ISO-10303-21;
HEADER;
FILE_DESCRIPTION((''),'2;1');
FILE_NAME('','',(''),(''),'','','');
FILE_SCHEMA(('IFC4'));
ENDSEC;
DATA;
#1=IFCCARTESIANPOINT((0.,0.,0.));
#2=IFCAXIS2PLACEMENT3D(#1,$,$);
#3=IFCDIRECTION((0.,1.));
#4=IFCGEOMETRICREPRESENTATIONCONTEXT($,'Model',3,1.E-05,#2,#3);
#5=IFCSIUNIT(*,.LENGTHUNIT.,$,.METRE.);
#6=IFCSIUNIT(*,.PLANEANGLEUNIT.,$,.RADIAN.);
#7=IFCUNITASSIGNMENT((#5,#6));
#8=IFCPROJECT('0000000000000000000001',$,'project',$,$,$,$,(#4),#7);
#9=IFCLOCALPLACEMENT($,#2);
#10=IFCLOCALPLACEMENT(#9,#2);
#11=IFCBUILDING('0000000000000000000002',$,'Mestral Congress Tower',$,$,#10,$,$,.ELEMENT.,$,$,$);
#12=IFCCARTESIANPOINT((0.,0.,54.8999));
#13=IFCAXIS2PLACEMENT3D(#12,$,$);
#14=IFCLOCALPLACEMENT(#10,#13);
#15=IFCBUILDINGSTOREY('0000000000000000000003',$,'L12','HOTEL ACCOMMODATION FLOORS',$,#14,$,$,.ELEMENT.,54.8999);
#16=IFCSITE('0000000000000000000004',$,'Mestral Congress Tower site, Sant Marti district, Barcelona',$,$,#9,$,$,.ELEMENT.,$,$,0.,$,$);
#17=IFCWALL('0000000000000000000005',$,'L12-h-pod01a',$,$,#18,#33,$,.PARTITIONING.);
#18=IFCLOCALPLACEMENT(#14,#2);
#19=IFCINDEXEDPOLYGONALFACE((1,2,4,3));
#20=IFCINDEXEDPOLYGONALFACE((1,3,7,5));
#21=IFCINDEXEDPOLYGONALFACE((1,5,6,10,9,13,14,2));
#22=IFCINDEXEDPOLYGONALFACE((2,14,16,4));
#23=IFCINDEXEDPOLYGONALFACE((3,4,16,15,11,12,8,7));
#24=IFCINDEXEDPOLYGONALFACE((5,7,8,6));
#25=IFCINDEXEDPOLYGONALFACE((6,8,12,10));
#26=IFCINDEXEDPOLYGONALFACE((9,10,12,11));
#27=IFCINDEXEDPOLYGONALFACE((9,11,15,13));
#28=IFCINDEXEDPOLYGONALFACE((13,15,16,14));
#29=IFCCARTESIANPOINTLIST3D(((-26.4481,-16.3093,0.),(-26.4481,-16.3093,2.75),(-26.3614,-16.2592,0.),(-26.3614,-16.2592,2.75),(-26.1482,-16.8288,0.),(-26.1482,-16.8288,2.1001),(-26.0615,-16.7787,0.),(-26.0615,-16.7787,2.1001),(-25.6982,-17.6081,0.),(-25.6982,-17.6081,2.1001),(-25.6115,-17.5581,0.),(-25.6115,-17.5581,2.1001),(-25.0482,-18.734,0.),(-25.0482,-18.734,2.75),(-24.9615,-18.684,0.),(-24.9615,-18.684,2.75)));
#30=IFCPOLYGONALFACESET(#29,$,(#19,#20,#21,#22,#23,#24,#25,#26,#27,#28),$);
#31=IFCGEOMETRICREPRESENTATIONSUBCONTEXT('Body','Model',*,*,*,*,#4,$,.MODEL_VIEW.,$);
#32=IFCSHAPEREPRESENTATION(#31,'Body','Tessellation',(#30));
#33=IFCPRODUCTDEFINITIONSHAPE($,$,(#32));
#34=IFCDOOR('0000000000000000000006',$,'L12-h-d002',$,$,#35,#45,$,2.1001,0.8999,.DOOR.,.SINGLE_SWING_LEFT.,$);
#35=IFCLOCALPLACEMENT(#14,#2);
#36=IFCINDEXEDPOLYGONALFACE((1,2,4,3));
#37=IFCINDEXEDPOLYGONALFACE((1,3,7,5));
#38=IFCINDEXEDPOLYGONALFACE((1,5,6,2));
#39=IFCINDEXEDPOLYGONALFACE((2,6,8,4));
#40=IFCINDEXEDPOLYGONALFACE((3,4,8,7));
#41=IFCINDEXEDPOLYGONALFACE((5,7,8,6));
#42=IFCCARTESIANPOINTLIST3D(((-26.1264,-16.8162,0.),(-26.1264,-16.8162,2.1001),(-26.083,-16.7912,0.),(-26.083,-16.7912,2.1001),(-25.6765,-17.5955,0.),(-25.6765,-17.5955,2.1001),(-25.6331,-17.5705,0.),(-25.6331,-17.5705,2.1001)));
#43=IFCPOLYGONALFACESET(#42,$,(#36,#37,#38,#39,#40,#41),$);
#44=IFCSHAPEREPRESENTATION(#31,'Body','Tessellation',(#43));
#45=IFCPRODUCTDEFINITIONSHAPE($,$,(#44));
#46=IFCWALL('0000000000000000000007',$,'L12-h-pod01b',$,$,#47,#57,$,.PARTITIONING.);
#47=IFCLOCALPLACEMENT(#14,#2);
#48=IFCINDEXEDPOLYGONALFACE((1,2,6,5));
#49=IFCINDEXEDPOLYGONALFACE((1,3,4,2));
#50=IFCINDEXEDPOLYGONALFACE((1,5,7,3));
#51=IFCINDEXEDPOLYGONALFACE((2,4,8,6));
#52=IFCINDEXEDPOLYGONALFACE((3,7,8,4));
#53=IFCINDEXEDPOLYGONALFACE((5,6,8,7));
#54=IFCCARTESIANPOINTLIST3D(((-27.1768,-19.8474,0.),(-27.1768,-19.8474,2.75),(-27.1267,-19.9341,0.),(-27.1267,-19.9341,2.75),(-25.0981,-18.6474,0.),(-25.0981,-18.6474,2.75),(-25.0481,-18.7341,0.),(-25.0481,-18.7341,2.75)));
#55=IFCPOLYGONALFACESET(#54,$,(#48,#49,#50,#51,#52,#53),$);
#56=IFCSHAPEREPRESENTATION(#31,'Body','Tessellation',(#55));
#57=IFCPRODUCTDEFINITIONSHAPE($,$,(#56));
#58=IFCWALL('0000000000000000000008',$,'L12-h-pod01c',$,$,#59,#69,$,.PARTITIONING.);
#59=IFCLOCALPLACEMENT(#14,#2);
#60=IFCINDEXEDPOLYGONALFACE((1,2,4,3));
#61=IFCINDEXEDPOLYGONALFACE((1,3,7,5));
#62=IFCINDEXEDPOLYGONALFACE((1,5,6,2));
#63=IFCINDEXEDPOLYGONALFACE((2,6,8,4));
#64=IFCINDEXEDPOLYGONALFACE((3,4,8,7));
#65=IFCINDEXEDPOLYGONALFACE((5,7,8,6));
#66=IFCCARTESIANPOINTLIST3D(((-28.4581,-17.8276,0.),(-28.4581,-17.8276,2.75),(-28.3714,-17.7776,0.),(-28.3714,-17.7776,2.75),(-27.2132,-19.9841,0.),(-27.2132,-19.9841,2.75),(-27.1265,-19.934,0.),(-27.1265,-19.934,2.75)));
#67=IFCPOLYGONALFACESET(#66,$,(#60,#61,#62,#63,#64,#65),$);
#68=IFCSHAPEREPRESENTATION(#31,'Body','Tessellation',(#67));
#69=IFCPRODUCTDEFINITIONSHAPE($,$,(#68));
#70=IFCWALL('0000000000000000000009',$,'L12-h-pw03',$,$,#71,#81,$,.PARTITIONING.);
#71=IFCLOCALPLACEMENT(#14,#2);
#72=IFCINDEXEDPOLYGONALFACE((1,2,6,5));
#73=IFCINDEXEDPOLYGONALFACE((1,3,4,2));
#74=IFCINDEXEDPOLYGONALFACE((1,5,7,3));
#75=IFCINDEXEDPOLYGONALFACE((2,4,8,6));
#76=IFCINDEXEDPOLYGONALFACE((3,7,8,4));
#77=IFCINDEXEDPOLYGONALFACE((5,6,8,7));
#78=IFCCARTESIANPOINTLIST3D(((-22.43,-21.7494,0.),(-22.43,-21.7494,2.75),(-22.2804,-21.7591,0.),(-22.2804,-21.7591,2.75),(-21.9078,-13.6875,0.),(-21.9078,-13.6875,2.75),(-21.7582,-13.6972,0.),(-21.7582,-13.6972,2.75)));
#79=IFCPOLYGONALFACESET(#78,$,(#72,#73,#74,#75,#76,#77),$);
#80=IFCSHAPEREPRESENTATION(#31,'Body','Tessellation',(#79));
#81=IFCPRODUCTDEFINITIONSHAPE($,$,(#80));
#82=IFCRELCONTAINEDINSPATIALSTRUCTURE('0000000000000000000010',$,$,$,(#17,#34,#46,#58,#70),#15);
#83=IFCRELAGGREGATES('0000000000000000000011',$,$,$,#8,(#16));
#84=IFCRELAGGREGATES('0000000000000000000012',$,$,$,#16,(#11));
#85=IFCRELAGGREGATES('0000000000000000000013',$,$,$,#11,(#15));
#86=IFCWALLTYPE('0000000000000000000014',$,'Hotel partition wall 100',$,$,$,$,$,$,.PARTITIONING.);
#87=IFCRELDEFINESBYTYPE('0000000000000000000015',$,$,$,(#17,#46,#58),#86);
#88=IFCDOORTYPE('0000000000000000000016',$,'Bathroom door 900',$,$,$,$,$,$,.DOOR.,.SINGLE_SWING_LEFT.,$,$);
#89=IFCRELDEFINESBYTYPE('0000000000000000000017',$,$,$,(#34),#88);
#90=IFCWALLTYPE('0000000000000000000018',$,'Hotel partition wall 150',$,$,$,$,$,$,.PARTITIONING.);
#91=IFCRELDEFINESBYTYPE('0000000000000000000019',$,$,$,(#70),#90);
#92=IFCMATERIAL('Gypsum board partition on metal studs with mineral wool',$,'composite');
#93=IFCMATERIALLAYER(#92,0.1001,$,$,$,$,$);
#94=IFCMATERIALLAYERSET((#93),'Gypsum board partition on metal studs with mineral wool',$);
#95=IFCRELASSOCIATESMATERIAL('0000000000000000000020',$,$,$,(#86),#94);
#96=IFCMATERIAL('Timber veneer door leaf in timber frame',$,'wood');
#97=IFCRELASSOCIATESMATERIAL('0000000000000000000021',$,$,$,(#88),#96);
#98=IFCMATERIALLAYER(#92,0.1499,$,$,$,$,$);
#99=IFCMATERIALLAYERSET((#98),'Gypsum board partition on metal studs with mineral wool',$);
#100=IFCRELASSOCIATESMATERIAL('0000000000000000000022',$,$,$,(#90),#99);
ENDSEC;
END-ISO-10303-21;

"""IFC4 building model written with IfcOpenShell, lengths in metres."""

from ifc_helpers import new_model, si_unit, direction, frame, frame_2d, origin, place, context, subcontext, project, spatial, rectangle, extrude, material, layer, layer_set, type_object, element, fill, save


model = new_model("IFC4")

# Units and contexts
model_context = context("Model", 3, precision=1e-05, world=origin(), true_north=direction((0.0, 1.0)))
body_context = subcontext(model_context, "Body", "Model", "MODEL_VIEW")
ifc_project = project(units=[si_unit("LENGTHUNIT", "METRE"), si_unit("PLANEANGLEUNIT", "RADIAN")], contexts=[model_context])

# Site, building, storey
site_placement = place(None, origin())
site = spatial("IfcSite", under=ifc_project, at=site_placement, Name="Mestral Congress Tower site, Sant Marti district, Barcelona", CompositionType="ELEMENT", RefElevation=0.0)
building_placement = place(site_placement, origin())
building = spatial("IfcBuilding", under=site, at=building_placement, Name="Mestral Congress Tower", CompositionType="ELEMENT")
storey_placement = place(building_placement, frame((0.0, 0.0, 54.8999)))
storey = spatial("IfcBuildingStorey", under=building, at=storey_placement, Name="L12", Description="HOTEL ACCOMMODATION FLOORS", CompositionType="ELEMENT", Elevation=54.8999)

# Wall, opening, door
ifc_material_1 = material(Name="Gypsum board partition on metal studs with mineral wool", Category="composite")
ifc_layer_1 = layer(ifc_material_1, 0.1001)
ifc_layer_set_1 = layer_set([ifc_layer_1], Name="Gypsum board partition on metal studs with mineral wool")
wall_type_1 = type_object("IfcWallType", Name="Hotel partition wall 100", PredefinedType="PARTITIONING", material=ifc_layer_set_1)
wall_1_placement = place(storey_placement, frame((-25.0049, -18.709, 0.0), z_axis=(0.0, 0.0, 1.0), x_axis=(-0.499984, 0.866035, 0.0)))
wall_1 = element("IfcWall", 1, at=wall_1_placement, inside=storey, type_object=wall_type_1, Name="L12-h-pod01a", PredefinedType="PARTITIONING", context=body_context, shape_type="SweptSolid", body=[
    extrude(rectangle(XDim=2.7998, YDim=0.1001, at=frame_2d((1.3999, 0.0))), origin(), (0.0, 0.0, 1.0), 2.75),
])
opening_1_placement = place(wall_1_placement, frame((1.3, 0.0, 0.0)))
opening_1 = element("IfcOpeningElement", 2, at=opening_1_placement, cuts=wall_1, PredefinedType="OPENING", context=body_context, shape_type="SweptSolid", body=[
    extrude(rectangle(XDim=0.8999, YDim=2.1001, at=frame_2d((0.45, 1.05))), frame((0.0, 0.0601, 0.0), z_axis=(0.0, -1.0, 0.0), x_axis=(1.0, 0.0, 0.0)), (0.0, 0.0, 1.0), 0.1201),
])
ifc_material_2 = material(Name="Timber veneer door leaf in timber frame", Category="wood")
door_type = type_object("IfcDoorType", Name="Bathroom door 900", OperationType="SINGLE_SWING_LEFT", PredefinedType="DOOR", material=ifc_material_2)
door_placement = place(opening_1_placement, origin())
door = element("IfcDoor", 3, at=door_placement, inside=storey, type_object=door_type, Name="L12-h-d002", OperationType="SINGLE_SWING_LEFT", OverallHeight=2.1001, OverallWidth=0.8999, PredefinedType="DOOR", context=body_context, shape_type="SweptSolid", body=[
    extrude(rectangle(XDim=0.8999, YDim=2.1001, at=frame_2d((0.45, 1.05))), frame((0.0, 0.0249, 0.0), z_axis=(0.0, -1.0, 0.0), x_axis=(1.0, 0.0, 0.0)), (0.0, 0.0, 1.0), 0.05),
])
fill(opening_1, door)

# Walls
wall_2_placement = place(storey_placement, frame((-25.073, -18.6907, 0.0), z_axis=(0.0, 0.0, 1.0), x_axis=(-0.86605, -0.499957, 0.0)))
element("IfcWall", 4, at=wall_2_placement, inside=storey, type_object=wall_type_1, Name="L12-h-pod01b", PredefinedType="PARTITIONING", context=body_context, shape_type="SweptSolid", body=[
    extrude(rectangle(XDim=2.4001, YDim=0.1001, at=frame_2d((1.2002, 0.0))), origin(), (0.0, 0.0, 1.0), 2.75),
])
wall_3_placement = place(storey_placement, frame((-28.4148, -17.8025, 0.0), z_axis=(0.0, 0.0, 1.0), x_axis=(0.499946, -0.866057, 0.0)))
element("IfcWall", 5, at=wall_3_placement, inside=storey, type_object=wall_type_1, Name="L12-h-pod01c", PredefinedType="PARTITIONING", context=body_context, shape_type="SweptSolid", body=[
    extrude(rectangle(XDim=2.49, YDim=0.1001, at=frame_2d((1.2451, 0.0))), origin(), (0.0, 0.0, 1.0), 2.75),
])
ifc_layer_2 = layer(ifc_material_1, 0.1499)
ifc_layer_set_2 = layer_set([ifc_layer_2], Name="Gypsum board partition on metal studs with mineral wool")
wall_type_2 = type_object("IfcWallType", Name="Hotel partition wall 150", PredefinedType="PARTITIONING", material=ifc_layer_set_2)
wall_4_placement = place(storey_placement, frame((-22.3552, -21.7544, 0.0), z_axis=(0.0, 0.0, 1.0), x_axis=(0.06464, 0.997909, 0.0)))
element("IfcWall", 6, at=wall_4_placement, inside=storey, type_object=wall_type_2, Name="L12-h-pw03", PredefinedType="PARTITIONING", context=body_context, shape_type="SweptSolid", body=[
    extrude(rectangle(XDim=8.0789, YDim=0.1499, at=frame_2d((4.0396, 0.0))), origin(), (0.0, 0.0, 1.0), 2.75),
])

save(model, "model.ifc")
